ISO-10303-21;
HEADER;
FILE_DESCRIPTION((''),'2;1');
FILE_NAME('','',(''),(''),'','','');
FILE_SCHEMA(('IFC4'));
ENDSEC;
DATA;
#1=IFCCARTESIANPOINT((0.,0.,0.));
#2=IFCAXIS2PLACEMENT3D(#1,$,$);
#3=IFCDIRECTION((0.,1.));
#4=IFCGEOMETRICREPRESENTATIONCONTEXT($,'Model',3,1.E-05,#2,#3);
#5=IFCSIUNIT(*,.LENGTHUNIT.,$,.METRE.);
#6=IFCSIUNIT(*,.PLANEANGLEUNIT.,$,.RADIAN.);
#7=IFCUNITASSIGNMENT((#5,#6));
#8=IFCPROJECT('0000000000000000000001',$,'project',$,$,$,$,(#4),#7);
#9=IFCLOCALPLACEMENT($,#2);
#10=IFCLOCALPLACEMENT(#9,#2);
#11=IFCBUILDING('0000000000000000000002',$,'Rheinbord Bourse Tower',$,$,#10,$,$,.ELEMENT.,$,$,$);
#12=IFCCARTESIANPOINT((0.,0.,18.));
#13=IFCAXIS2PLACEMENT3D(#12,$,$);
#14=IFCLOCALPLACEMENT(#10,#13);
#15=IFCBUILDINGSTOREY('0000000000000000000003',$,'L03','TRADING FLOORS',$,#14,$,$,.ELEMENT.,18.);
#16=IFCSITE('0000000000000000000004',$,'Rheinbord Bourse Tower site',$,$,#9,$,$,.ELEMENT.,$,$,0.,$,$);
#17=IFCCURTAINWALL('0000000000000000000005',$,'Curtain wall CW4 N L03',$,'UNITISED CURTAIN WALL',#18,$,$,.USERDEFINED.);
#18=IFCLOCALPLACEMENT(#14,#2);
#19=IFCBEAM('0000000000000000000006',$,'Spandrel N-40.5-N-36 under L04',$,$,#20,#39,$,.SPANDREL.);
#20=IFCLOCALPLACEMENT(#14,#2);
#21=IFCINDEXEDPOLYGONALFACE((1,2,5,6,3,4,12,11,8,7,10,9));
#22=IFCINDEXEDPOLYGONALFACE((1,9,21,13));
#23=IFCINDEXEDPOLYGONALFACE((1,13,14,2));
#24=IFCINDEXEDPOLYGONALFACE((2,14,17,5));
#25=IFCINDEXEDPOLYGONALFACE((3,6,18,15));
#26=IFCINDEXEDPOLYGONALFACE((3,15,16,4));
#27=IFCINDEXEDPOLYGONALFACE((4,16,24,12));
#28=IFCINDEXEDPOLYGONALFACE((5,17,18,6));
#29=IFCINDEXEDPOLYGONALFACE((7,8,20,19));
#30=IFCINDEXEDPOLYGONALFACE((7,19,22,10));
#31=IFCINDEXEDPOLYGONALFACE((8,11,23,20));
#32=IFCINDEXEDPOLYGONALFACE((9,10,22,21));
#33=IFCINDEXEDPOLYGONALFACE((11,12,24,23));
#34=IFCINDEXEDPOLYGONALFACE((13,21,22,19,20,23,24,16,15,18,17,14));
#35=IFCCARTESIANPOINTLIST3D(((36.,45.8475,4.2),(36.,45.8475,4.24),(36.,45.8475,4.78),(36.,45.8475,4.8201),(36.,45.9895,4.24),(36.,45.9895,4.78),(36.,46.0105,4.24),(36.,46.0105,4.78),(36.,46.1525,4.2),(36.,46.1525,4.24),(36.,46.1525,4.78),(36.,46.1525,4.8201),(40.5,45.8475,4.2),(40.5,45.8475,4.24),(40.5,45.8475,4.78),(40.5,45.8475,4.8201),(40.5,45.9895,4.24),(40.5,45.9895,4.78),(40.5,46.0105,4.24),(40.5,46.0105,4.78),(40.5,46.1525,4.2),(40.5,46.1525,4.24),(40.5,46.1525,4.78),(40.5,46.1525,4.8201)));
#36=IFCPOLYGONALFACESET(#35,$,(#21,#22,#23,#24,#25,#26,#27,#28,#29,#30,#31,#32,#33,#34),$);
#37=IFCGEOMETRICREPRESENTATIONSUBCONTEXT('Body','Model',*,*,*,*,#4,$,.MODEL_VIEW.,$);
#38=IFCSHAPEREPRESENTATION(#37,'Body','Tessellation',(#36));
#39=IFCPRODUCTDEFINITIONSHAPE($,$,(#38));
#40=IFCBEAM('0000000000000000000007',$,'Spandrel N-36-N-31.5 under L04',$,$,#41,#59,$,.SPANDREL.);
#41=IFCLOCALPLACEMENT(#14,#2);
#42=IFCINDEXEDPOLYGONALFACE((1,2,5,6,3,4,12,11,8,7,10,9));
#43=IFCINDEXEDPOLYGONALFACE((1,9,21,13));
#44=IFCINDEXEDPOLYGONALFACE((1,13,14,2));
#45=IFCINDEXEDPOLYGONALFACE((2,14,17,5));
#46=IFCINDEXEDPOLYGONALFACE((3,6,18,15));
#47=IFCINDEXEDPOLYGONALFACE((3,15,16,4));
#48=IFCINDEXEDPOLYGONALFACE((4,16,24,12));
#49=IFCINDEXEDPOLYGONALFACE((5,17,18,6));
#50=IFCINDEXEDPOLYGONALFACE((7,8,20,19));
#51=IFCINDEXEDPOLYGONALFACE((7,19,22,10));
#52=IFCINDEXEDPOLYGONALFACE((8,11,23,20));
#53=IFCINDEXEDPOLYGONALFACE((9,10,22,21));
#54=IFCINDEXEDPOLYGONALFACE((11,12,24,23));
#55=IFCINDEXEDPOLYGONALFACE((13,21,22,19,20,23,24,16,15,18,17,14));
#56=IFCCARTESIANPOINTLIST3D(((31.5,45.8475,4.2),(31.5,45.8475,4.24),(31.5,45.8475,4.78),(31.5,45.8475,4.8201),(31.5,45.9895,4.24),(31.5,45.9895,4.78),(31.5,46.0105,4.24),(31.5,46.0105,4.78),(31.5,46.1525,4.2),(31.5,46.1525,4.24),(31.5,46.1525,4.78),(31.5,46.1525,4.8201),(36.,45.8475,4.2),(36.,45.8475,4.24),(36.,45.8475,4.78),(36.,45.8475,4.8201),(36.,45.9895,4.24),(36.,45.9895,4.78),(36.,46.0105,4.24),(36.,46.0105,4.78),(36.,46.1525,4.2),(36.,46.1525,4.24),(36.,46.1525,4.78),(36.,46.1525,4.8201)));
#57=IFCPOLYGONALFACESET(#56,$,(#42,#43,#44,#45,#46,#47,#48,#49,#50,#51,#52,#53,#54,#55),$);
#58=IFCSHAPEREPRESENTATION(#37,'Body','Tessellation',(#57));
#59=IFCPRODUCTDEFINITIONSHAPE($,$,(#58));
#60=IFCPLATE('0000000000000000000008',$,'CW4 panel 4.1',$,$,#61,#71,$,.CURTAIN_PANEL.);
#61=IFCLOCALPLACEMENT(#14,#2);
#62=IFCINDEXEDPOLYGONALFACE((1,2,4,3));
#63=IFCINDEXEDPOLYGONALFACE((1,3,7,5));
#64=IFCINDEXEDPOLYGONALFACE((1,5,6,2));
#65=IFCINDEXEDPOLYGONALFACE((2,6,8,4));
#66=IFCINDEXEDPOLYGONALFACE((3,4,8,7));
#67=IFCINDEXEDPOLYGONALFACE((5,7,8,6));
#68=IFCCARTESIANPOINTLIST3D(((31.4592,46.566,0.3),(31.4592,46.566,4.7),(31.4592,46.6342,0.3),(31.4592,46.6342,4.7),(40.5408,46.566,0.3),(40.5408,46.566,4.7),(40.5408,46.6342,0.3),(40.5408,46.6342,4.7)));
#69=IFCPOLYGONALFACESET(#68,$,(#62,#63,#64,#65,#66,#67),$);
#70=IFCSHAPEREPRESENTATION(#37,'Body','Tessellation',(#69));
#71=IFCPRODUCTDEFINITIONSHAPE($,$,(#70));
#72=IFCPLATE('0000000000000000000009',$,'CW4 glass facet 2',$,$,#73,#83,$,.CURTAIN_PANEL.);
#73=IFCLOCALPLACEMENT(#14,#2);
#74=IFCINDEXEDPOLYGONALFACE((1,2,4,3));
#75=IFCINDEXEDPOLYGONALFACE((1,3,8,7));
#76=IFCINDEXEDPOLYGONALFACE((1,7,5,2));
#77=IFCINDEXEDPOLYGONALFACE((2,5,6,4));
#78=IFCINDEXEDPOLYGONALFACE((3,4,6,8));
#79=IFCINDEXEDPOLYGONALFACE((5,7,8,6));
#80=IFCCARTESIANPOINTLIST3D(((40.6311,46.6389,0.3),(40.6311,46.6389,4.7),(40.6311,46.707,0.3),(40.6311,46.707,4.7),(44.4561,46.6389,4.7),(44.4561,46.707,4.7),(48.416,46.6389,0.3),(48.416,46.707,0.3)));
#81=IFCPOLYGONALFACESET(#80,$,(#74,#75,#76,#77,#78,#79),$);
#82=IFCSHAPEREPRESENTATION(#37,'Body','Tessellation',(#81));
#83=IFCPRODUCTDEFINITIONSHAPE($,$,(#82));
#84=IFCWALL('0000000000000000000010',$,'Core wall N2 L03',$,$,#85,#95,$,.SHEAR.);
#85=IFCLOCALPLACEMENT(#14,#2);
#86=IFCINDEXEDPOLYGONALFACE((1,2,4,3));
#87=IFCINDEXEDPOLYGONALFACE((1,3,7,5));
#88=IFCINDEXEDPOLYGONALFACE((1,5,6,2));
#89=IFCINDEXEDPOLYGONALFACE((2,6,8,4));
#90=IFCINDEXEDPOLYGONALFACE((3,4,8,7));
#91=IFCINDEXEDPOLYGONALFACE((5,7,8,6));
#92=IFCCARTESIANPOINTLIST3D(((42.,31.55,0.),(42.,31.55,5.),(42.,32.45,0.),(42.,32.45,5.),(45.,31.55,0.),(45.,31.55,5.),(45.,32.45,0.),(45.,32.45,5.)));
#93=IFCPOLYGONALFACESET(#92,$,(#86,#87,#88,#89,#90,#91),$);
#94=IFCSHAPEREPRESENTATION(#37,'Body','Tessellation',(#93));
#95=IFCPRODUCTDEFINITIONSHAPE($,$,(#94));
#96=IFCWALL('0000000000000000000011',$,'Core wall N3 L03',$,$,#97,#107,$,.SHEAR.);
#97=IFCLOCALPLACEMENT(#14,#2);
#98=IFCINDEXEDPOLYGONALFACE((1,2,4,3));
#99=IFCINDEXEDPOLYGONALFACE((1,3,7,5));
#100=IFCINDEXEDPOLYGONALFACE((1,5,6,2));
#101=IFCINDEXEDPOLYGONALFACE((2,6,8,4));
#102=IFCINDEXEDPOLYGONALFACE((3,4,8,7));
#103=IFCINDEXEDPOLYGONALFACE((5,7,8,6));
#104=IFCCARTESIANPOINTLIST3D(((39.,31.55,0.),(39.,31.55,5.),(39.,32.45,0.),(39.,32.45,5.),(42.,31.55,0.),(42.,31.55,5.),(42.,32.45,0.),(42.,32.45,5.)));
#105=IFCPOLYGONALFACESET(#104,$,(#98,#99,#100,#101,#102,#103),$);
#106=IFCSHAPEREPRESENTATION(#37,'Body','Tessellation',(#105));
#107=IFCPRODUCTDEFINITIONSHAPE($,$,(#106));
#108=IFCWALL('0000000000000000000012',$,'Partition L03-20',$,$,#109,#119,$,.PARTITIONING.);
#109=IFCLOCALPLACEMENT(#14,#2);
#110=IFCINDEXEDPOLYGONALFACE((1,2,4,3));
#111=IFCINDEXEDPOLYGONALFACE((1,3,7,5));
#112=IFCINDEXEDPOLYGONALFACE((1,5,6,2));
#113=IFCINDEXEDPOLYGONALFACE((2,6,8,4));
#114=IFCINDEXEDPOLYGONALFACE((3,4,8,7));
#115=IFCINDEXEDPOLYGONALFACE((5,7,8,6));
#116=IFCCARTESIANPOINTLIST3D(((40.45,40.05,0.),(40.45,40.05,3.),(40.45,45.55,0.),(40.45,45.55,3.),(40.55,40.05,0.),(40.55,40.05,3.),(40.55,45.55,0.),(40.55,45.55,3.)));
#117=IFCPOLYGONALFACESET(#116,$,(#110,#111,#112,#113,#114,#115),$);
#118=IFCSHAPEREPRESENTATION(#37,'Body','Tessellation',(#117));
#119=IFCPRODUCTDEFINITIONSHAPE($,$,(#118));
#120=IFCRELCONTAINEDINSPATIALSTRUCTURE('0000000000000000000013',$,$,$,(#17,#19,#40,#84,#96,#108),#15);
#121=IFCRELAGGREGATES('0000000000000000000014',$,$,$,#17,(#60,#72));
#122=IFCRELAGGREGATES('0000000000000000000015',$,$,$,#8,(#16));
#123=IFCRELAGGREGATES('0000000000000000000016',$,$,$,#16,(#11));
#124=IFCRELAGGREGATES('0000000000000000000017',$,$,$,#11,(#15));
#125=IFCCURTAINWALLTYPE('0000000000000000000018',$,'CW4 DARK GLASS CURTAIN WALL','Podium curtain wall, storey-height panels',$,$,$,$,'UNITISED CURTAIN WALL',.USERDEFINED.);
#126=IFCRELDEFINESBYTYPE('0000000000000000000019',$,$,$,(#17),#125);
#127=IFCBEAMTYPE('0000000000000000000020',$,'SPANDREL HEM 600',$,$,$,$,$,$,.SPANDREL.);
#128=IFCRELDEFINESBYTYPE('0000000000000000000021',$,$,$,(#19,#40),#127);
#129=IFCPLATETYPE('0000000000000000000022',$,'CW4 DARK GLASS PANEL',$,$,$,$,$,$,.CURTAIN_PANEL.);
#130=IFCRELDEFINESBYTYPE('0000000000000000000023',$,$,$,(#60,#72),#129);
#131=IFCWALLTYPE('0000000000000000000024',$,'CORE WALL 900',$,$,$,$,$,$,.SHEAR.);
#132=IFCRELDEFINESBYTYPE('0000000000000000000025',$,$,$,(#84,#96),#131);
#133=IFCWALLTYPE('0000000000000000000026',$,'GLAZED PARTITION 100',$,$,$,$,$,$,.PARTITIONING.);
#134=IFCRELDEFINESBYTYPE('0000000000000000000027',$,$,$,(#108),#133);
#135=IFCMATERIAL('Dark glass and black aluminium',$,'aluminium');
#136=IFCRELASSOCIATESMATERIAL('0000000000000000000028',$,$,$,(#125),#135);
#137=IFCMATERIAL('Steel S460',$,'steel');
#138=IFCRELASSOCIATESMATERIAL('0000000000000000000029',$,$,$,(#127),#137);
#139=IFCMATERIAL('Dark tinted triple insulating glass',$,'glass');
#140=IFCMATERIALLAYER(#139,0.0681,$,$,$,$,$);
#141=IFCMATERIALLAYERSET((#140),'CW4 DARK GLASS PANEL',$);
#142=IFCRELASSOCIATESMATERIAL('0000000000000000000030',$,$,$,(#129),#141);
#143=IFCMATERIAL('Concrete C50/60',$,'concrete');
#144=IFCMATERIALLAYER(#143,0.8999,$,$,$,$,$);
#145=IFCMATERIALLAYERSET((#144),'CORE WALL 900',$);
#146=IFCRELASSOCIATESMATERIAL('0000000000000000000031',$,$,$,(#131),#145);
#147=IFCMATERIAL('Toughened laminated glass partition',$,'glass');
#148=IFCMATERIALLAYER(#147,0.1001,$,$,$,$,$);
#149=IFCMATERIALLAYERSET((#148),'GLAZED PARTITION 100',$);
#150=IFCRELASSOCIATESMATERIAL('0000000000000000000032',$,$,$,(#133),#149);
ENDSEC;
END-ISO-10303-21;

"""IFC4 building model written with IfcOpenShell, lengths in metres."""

from ifc_helpers import new_model, si_unit, direction, frame, frame_2d, origin, origin_2d, place, context, subcontext, project, spatial, polyline, rectangle, i_section, outline, extrude, material, layer, layer_set, material_profile, profile_set, type_object, element, aggregate, save


model = new_model("IFC4")

# Units and contexts
model_context = context("Model", 3, precision=1e-05, world=origin(), true_north=direction((0.0, 1.0)))
body_context = subcontext(model_context, "Body", "Model", "MODEL_VIEW")
ifc_project = project(units=[si_unit("LENGTHUNIT", "METRE"), si_unit("PLANEANGLEUNIT", "RADIAN")], contexts=[model_context])

# Site, building, storey
site_placement = place(None, origin())
site = spatial("IfcSite", under=ifc_project, at=site_placement, Name="Rheinbord Bourse Tower site", CompositionType="ELEMENT", RefElevation=0.0)
building_placement = place(site_placement, origin())
building = spatial("IfcBuilding", under=site, at=building_placement, Name="Rheinbord Bourse Tower", CompositionType="ELEMENT")
storey_placement = place(building_placement, frame((0.0, 0.0, 18.0)))
storey = spatial("IfcBuildingStorey", under=building, at=storey_placement, Name="L03", Description="TRADING FLOORS", CompositionType="ELEMENT", Elevation=18.0)

# Curtain wall
ifc_material_1 = material(Name="Dark glass and black aluminium", Category="aluminium")
curtain_wall_type = type_object("IfcCurtainWallType", Name="CW4 DARK GLASS CURTAIN WALL", Description="Podium curtain wall, storey-height panels", ElementType="UNITISED CURTAIN WALL", PredefinedType="USERDEFINED", material=ifc_material_1)
curtain_wall_placement = place(storey_placement, origin())
curtain_wall = element("IfcCurtainWall", 1, at=curtain_wall_placement, inside=storey, type_object=curtain_wall_type, Name="Curtain wall CW4 N L03", ObjectType="UNITISED CURTAIN WALL", PredefinedType="USERDEFINED")

# Beams
ifc_material_2 = material(Name="Steel S460", Category="steel")
ifc_material_profile_1 = material_profile(ifc_material_2, i_section(OverallWidth=0.3049, OverallDepth=0.6201, WebThickness=0.021, FlangeThickness=0.04, at=origin_2d()), Name="HEM 600")
ifc_profile_set_1 = profile_set([ifc_material_profile_1], Name="Steel S460")
beam_type_1 = type_object("IfcBeamType", Name="SPANDREL HEM 600", PredefinedType="SPANDREL", material=ifc_profile_set_1)
for number, where, z_axis, x_axis, name in (
    (2, (40.5, 46.0, 4.51), (-1.0, 0.0, 0.0), (0.0, -1.0, 0.0), "Spandrel N-40.5-N-36 under L04"),
    (3, (36.0, 46.0, 4.51), (-1.0, 0.0, 0.0), (0.0, -1.0, 0.0), "Spandrel N-36-N-31.5 under L04"),
):
    element("IfcBeam", number, at=place(storey_placement, frame(where, z_axis=z_axis, x_axis=x_axis)), inside=storey, type_object=beam_type_1, Name=name, PredefinedType="SPANDREL", context=body_context, shape_type="SweptSolid", body=[
        extrude(i_section(OverallWidth=0.3049, OverallDepth=0.6201, WebThickness=0.021, FlangeThickness=0.04, at=origin_2d()), origin(), (0.0, 0.0, 1.0), 4.5),
    ])

# Plates
ifc_material_3 = material(Name="Dark tinted triple insulating glass", Category="glass")
ifc_layer_1 = layer(ifc_material_3, 0.0681)
ifc_layer_set_1 = layer_set([ifc_layer_1], Name="CW4 DARK GLASS PANEL")
plate_type = type_object("IfcPlateType", Name="CW4 DARK GLASS PANEL", PredefinedType="CURTAIN_PANEL", material=ifc_layer_set_1)
plate_1_placement = place(storey_placement, frame((36.0, 46.6001, 0.3), z_axis=(0.0, 0.0, 1.0), x_axis=(-1.0, 0.0, 0.0)))
plate_1 = element("IfcPlate", 4, at=plate_1_placement, type_object=plate_type, Name="CW4 panel 4.1", PredefinedType="CURTAIN_PANEL", context=body_context, shape_type="SweptSolid", body=[
    extrude(rectangle(XDim=9.0815, YDim=0.0681, at=origin_2d()), origin(), (0.0, 0.0, 1.0), 4.3999),
])
plate_2_placement = place(storey_placement, frame((40.6311, 46.707, 4.7), z_axis=(0.0, -1.0, 0.0), x_axis=(0.0, 0.0, -1.0)))
plate_2 = element("IfcPlate", 5, at=plate_2_placement, type_object=plate_type, Name="CW4 glass facet 2", PredefinedType="CURTAIN_PANEL", context=body_context, shape_type="SweptSolid", body=[
    extrude(outline(polyline([(0.0, 0.0), (4.3999, 0.0), (4.3999, 7.7849), (0.0, 3.825), (0.0, 0.0)])), origin(), (0.0, 0.0, 1.0), 0.0681),
])
aggregate(curtain_wall, [plate_1, plate_2])

# Walls
ifc_material_4 = material(Name="Concrete C50/60", Category="concrete")
ifc_layer_2 = layer(ifc_material_4, 0.8999)
ifc_layer_set_2 = layer_set([ifc_layer_2], Name="CORE WALL 900")
wall_type_1 = type_object("IfcWallType", Name="CORE WALL 900", PredefinedType="SHEAR", material=ifc_layer_set_2)
for number, where, z_axis, x_axis, name in (
    (6, (45.0, 32.0, 0.0), (0.0, 0.0, 1.0), (-1.0, 0.0, 0.0), "Core wall N2 L03"),
    (7, (42.0, 32.0, 0.0), (0.0, 0.0, 1.0), (-1.0, 0.0, 0.0), "Core wall N3 L03"),
):
    element("IfcWall", number, at=place(storey_placement, frame(where, z_axis=z_axis, x_axis=x_axis)), inside=storey, type_object=wall_type_1, Name=name, PredefinedType="SHEAR", context=body_context, shape_type="SweptSolid", body=[
        extrude(rectangle(XDim=3.0, YDim=0.8999, at=frame_2d((1.5, 0.0))), origin(), (0.0, 0.0, 1.0), 5.0),
    ])
ifc_material_5 = material(Name="Toughened laminated glass partition", Category="glass")
ifc_layer_3 = layer(ifc_material_5, 0.1001)
ifc_layer_set_3 = layer_set([ifc_layer_3], Name="GLAZED PARTITION 100")
wall_type_2 = type_object("IfcWallType", Name="GLAZED PARTITION 100", PredefinedType="PARTITIONING", material=ifc_layer_set_3)
wall_placement = place(storey_placement, frame((40.5, 40.05, 0.0), z_axis=(0.0, 0.0, 1.0), x_axis=(0.0, 1.0, 0.0)))
element("IfcWall", 8, at=wall_placement, inside=storey, type_object=wall_type_2, Name="Partition L03-20", PredefinedType="PARTITIONING", context=body_context, shape_type="SweptSolid", body=[
    extrude(rectangle(XDim=5.5, YDim=0.1001, at=frame_2d((2.75, 0.0))), origin(), (0.0, 0.0, 1.0), 3.0),
])

save(model, "model.ifc")
